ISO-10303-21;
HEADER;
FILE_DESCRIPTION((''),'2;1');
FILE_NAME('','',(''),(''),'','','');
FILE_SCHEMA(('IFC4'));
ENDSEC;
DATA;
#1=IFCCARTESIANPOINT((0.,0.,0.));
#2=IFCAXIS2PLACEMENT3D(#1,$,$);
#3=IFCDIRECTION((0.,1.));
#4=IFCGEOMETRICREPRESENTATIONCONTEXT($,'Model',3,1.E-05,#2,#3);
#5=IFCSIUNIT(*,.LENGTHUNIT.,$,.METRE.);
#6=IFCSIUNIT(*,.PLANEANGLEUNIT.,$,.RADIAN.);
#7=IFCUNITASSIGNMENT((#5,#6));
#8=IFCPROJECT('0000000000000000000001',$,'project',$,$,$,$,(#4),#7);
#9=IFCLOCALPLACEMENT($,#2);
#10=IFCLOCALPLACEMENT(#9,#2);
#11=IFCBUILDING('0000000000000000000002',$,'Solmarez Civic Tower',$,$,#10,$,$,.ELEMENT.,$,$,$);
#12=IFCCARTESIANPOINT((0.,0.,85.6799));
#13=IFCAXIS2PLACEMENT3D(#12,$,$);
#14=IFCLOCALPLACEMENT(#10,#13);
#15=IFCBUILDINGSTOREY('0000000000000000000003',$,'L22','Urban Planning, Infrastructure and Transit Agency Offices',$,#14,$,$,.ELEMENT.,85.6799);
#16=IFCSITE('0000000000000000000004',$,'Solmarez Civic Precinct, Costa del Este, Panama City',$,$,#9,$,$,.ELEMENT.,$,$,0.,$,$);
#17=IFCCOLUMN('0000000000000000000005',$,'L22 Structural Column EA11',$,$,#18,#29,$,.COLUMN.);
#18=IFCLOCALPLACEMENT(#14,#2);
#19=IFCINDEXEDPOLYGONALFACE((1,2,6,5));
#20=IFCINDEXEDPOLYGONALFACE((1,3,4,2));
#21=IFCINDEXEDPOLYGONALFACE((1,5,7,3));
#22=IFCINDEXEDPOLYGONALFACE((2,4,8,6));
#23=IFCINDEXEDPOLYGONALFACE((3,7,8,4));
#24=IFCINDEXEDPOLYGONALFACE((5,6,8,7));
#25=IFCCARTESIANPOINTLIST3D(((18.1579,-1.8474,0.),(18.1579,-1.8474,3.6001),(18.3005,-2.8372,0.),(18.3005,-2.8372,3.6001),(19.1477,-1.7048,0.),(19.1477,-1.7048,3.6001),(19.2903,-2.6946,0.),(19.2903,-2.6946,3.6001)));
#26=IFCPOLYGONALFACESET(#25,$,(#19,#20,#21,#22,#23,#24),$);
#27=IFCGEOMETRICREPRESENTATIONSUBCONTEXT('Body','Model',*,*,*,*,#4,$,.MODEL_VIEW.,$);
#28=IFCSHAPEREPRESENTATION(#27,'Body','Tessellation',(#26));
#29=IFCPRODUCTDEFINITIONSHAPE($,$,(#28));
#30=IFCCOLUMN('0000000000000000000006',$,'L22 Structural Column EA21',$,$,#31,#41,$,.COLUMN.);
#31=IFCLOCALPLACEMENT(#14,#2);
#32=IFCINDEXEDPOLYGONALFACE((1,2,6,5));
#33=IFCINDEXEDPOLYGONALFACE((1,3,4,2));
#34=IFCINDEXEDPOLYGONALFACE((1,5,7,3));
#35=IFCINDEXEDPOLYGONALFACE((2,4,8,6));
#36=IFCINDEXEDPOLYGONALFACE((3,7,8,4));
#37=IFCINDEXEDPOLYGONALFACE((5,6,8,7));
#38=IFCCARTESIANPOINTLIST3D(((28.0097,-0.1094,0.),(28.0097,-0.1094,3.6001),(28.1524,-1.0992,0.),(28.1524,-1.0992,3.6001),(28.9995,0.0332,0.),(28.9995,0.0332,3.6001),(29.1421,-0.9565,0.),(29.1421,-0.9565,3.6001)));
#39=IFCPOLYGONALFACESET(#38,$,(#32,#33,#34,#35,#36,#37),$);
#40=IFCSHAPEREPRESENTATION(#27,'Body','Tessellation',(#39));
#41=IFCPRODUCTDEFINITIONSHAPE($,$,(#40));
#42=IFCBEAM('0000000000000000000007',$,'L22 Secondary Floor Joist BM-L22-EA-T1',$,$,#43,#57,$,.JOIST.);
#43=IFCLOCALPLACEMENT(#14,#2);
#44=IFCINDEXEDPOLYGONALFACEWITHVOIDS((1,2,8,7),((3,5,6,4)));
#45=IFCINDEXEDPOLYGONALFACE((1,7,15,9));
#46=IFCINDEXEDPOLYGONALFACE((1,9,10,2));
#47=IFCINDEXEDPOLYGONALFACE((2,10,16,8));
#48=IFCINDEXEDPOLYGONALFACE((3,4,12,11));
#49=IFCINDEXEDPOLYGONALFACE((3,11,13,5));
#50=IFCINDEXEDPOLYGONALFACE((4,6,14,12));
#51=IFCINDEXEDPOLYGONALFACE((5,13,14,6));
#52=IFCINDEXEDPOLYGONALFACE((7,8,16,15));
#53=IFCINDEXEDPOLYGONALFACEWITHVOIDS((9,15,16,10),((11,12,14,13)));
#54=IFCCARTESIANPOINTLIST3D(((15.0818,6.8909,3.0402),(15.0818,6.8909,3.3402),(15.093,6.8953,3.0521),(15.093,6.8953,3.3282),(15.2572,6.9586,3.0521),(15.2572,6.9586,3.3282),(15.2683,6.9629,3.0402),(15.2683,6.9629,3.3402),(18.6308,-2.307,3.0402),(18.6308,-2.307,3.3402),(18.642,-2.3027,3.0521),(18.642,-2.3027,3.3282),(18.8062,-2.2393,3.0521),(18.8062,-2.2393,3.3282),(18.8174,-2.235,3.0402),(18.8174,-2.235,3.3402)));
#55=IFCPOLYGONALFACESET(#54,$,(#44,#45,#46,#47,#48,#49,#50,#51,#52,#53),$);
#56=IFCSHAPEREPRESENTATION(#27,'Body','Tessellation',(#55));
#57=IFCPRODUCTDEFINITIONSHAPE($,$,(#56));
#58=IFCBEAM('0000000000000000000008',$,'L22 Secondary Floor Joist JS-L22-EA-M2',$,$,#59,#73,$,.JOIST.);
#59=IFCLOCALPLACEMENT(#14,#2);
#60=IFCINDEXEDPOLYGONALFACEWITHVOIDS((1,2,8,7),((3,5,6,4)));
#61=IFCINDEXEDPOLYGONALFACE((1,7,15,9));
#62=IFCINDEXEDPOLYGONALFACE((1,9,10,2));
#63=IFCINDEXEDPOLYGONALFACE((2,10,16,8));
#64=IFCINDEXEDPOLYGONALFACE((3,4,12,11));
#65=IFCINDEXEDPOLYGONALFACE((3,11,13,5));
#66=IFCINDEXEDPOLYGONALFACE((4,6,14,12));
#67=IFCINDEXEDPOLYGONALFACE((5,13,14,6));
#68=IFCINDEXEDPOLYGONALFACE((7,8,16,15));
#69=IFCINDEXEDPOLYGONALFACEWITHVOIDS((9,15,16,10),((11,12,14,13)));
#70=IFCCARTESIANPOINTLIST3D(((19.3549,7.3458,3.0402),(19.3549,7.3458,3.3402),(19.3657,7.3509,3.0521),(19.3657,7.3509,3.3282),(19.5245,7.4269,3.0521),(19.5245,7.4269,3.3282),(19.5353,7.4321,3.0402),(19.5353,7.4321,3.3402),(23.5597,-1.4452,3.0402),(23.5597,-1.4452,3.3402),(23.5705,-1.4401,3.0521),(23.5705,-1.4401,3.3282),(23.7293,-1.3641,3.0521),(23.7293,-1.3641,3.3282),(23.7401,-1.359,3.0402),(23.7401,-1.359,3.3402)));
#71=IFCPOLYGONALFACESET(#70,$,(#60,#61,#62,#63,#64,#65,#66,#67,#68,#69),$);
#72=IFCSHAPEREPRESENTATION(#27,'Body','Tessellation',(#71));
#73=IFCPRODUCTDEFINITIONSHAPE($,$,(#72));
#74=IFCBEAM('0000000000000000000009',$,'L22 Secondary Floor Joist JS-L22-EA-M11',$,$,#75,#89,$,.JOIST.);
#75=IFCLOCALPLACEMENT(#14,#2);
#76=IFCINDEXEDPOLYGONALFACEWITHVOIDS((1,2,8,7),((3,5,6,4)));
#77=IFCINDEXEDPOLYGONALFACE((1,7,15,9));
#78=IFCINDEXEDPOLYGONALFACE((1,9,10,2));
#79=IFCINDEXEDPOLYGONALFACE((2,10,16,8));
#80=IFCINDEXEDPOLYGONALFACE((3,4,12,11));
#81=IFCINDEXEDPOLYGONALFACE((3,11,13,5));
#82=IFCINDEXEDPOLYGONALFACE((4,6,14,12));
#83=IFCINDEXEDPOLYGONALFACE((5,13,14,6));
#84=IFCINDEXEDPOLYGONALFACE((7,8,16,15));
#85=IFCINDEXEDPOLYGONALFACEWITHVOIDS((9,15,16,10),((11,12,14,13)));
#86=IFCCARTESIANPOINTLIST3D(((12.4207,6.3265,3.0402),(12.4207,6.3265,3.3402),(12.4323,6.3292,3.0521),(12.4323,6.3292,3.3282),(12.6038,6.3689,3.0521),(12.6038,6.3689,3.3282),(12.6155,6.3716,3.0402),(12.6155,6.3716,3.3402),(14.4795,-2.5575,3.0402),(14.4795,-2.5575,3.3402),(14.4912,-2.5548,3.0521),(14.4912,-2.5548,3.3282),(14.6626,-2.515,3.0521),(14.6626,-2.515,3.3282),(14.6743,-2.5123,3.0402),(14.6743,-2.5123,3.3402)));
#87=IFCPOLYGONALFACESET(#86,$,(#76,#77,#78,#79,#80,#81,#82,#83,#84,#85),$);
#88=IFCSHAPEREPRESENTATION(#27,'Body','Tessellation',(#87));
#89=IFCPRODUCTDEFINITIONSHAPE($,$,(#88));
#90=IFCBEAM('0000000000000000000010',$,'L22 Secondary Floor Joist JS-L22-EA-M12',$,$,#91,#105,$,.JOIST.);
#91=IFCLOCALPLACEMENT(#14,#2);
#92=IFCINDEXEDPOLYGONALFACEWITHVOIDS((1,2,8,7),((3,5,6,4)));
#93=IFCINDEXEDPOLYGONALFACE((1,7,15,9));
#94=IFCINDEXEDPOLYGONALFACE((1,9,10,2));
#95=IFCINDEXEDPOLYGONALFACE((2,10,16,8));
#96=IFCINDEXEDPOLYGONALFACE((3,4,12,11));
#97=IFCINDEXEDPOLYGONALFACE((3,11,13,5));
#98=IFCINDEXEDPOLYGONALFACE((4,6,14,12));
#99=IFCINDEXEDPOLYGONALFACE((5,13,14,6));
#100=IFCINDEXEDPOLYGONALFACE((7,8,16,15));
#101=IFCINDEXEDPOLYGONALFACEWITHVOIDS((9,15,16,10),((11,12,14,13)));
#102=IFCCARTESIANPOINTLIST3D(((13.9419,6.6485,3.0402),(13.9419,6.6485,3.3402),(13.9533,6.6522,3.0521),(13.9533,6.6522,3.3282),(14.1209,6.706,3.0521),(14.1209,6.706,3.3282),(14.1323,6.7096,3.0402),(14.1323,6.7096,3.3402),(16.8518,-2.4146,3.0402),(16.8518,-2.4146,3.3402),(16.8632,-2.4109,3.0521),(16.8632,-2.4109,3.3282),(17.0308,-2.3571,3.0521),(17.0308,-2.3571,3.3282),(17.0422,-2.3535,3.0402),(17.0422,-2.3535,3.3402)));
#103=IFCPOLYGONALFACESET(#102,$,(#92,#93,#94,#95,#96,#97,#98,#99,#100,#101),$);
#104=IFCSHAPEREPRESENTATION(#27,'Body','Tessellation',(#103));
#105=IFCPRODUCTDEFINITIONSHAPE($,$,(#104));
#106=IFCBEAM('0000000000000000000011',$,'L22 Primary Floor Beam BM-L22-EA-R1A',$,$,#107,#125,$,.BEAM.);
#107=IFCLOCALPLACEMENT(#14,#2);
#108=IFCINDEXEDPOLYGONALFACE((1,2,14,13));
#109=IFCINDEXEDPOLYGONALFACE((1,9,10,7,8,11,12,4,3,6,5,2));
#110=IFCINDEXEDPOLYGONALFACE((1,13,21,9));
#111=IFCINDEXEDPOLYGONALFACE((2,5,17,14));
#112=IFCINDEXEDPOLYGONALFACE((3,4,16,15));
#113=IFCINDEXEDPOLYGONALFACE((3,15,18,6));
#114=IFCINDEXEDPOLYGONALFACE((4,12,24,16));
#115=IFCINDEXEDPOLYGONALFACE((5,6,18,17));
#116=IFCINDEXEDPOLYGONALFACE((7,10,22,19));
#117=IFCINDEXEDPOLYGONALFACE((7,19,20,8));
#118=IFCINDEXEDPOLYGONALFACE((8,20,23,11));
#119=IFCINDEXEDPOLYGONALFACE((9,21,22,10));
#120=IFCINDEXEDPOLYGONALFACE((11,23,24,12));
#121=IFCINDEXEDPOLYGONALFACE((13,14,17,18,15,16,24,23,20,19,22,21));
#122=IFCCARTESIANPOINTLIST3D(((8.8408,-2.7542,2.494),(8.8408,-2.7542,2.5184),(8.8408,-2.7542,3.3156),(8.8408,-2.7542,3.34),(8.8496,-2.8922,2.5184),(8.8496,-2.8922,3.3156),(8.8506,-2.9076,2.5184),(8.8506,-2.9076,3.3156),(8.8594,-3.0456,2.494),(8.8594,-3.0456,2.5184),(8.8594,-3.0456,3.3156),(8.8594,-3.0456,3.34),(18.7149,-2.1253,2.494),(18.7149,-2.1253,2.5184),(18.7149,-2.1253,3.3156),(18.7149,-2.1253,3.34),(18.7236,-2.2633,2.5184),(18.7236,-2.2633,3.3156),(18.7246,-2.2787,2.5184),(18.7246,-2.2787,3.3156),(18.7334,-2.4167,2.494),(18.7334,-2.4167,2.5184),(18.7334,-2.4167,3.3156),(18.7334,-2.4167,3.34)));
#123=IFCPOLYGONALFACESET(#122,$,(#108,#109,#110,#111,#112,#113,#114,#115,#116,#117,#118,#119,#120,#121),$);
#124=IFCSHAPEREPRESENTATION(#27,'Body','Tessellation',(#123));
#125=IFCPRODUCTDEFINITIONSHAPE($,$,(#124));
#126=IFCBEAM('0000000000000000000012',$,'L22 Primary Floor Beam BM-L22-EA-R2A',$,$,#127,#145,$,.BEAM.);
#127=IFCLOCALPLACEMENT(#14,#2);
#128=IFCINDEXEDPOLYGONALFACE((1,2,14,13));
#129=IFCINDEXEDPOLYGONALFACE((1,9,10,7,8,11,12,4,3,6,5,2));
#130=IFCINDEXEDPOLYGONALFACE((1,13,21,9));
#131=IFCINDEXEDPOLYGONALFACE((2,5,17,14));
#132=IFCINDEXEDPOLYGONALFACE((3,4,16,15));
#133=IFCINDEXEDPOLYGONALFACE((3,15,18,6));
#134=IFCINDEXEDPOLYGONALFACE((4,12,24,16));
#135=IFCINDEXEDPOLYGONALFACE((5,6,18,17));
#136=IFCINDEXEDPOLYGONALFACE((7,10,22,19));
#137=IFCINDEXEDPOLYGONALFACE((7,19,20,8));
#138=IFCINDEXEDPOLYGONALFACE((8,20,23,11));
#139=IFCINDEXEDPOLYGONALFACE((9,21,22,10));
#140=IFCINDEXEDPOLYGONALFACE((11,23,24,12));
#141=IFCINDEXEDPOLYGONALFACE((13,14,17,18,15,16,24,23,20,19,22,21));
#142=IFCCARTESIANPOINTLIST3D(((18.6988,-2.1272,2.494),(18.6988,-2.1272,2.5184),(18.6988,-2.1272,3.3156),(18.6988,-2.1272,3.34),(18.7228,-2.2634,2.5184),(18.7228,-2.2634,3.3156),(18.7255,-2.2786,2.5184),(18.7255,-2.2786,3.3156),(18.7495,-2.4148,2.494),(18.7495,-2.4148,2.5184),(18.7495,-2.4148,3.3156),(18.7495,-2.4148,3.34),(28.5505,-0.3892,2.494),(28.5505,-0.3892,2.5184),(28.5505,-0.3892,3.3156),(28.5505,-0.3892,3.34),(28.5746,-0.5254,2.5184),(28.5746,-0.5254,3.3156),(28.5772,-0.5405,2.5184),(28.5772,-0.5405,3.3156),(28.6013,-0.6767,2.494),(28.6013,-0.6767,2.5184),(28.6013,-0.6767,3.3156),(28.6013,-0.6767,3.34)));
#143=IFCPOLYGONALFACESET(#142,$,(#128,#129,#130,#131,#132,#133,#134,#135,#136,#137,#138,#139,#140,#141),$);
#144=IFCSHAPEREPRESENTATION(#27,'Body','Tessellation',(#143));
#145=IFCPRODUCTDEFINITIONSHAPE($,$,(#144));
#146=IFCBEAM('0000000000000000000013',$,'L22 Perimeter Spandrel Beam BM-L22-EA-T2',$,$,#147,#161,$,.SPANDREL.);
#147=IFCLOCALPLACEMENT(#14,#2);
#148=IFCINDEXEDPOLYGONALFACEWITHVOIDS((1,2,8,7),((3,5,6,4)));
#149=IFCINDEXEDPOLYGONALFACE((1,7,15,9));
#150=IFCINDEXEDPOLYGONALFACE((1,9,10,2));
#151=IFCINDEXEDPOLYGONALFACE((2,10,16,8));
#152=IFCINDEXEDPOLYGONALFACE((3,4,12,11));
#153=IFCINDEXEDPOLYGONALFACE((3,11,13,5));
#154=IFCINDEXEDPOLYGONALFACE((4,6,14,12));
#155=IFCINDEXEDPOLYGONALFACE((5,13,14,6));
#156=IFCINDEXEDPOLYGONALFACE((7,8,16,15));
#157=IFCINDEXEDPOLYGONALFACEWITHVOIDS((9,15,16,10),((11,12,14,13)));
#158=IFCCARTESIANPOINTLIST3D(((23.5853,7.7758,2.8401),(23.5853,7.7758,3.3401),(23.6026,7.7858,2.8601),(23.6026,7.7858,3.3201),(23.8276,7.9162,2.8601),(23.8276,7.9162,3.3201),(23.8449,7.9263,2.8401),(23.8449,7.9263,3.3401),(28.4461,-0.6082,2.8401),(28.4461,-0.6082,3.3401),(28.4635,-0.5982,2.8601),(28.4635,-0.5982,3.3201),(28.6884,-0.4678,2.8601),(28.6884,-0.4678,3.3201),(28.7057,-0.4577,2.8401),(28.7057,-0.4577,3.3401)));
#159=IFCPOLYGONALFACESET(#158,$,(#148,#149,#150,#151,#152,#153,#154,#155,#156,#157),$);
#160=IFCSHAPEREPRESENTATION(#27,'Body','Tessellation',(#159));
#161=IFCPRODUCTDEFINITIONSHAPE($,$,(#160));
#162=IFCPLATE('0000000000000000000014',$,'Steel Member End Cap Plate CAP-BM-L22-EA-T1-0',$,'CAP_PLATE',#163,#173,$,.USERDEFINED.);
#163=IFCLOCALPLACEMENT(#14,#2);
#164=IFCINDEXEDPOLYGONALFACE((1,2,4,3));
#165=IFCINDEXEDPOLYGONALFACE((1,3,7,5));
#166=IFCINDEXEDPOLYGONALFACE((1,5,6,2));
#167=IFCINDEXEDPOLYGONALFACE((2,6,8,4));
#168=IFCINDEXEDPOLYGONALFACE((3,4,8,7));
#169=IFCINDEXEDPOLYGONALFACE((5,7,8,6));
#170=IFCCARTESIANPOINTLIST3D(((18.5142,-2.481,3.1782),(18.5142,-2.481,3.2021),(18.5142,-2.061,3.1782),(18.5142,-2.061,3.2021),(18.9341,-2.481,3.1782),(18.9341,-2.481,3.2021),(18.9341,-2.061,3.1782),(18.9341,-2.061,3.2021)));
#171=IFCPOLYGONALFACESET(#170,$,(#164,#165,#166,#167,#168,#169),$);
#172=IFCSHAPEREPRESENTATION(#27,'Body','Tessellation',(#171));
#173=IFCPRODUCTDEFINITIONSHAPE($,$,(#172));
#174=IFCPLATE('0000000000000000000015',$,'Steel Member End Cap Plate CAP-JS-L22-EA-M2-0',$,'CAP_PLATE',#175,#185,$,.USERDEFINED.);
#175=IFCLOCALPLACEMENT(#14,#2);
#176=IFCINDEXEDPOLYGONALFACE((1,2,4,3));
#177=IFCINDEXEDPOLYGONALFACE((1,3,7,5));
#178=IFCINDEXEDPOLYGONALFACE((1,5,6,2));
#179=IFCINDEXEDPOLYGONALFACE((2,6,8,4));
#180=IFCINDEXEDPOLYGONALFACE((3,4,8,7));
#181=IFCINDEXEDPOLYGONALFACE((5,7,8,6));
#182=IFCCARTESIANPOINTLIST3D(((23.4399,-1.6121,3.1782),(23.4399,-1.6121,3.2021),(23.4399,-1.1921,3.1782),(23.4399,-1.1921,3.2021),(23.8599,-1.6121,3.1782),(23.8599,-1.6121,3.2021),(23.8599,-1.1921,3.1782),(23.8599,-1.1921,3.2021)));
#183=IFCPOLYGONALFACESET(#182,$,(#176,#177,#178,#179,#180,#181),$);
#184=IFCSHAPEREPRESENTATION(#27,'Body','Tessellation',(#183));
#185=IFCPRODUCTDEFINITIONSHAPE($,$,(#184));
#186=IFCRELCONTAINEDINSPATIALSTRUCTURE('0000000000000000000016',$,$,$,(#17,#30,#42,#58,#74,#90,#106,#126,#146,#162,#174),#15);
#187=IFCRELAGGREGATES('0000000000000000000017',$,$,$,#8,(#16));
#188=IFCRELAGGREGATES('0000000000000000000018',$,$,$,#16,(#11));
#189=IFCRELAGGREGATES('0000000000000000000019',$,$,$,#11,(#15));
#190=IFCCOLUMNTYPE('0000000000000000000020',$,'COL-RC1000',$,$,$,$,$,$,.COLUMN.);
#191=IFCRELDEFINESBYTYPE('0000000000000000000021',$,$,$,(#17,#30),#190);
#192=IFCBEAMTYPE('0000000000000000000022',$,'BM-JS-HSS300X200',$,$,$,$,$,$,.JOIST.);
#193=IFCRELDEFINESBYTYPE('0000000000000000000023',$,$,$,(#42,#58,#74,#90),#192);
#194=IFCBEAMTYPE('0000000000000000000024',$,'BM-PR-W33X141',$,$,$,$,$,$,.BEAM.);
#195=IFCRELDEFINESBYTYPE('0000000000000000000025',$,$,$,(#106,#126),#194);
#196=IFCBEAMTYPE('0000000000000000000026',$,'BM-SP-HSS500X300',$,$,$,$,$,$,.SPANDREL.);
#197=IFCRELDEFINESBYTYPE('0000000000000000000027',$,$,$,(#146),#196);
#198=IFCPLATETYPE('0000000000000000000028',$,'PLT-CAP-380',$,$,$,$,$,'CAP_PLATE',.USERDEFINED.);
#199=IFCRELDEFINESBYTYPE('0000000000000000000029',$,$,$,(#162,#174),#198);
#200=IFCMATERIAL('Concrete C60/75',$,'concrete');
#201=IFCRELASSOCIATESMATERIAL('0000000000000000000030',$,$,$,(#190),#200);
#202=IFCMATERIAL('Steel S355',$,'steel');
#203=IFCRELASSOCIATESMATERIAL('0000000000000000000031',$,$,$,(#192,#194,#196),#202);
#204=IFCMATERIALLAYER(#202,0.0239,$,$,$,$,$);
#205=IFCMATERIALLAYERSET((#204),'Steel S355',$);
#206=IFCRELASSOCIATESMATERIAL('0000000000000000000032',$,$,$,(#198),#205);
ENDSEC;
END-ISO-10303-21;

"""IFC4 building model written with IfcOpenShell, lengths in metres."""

from ifc_helpers import new_model, si_unit, direction, frame, origin, origin_2d, place, context, subcontext, project, spatial, rectangle, hollow_rectangle, i_section, extrude, material, layer, layer_set, material_profile, profile_set, type_object, element, save


model = new_model("IFC4")

# Units and contexts
model_context = context("Model", 3, precision=1e-05, world=origin(), true_north=direction((0.0, 1.0)))
body_context = subcontext(model_context, "Body", "Model", "MODEL_VIEW")
ifc_project = project(units=[si_unit("LENGTHUNIT", "METRE"), si_unit("PLANEANGLEUNIT", "RADIAN")], contexts=[model_context])

# Site, building, storey
site_placement = place(None, origin())
site = spatial("IfcSite", under=ifc_project, at=site_placement, Name="Solmarez Civic Precinct, Costa del Este, Panama City", CompositionType="ELEMENT", RefElevation=0.0)
building_placement = place(site_placement, origin())
building = spatial("IfcBuilding", under=site, at=building_placement, Name="Solmarez Civic Tower", CompositionType="ELEMENT")
storey_placement = place(building_placement, frame((0.0, 0.0, 85.6799)))
storey = spatial("IfcBuildingStorey", under=building, at=storey_placement, Name="L22", Description="Urban Planning, Infrastructure and Transit Agency Offices", CompositionType="ELEMENT", Elevation=85.6799)

# Columns
ifc_material_1 = material(Name="Concrete C60/75", Category="concrete")
ifc_material_profile_1 = material_profile(ifc_material_1, rectangle(XDim=1.0, YDim=1.0, at=origin_2d()), Name="RC1000X1000")
ifc_profile_set_1 = profile_set([ifc_material_profile_1], Name="Concrete C60/75")
column_type = type_object("IfcColumnType", Name="COL-RC1000", PredefinedType="COLUMN", material=ifc_profile_set_1)
for number, where, z_axis, x_axis, name in (
    (1, (18.7241, -2.271, 0.0), (0.0, 0.0, 1.0), (0.989776, 0.142629, 0.0), "L22 Structural Column EA11"),
    (2, (28.5759, -0.533, 0.0), (0.0, 0.0, 1.0), (0.989776, 0.142629, 0.0), "L22 Structural Column EA21"),
):
    element("IfcColumn", number, at=place(storey_placement, frame(where, z_axis=z_axis, x_axis=x_axis)), inside=storey, type_object=column_type, Name=name, PredefinedType="COLUMN", context=body_context, shape_type="SweptSolid", body=[
        extrude(rectangle(XDim=1.0, YDim=1.0, at=origin_2d()), origin(), (0.0, 0.0, 1.0), 3.6001),
    ])

# Beams
ifc_material_2 = material(Name="Steel S355", Category="steel")
ifc_material_profile_2 = material_profile(ifc_material_2, hollow_rectangle(XDim=0.2, YDim=0.3, WallThickness=0.012, at=origin_2d()), Name="HSS300X200X12")
ifc_profile_set_2 = profile_set([ifc_material_profile_2], Name="Steel S355")
beam_type_1 = type_object("IfcBeamType", Name="BM-JS-HSS300X200", PredefinedType="JOIST", material=ifc_profile_set_2)
beam_1_placement = place(storey_placement, frame((18.7241, -2.271, 3.1902), z_axis=(-0.359984, 0.932958, 0.0), x_axis=(-0.932958, -0.359984, 0.0)))
element("IfcBeam", 3, at=beam_1_placement, inside=storey, type_object=beam_type_1, Name="L22 Secondary Floor Joist BM-L22-EA-T1", PredefinedType="JOIST", context=body_context, shape_type="SweptSolid", body=[
    extrude(hollow_rectangle(XDim=0.2, YDim=0.3, WallThickness=0.012, at=origin_2d()), origin(), (0.0, 0.0, 1.0), 9.8589),
])
beam_2_placement = place(storey_placement, frame((23.6499, -1.4021, 3.1902), z_axis=(-0.431492, 0.902117, 0.0), x_axis=(-0.902117, -0.431492, 0.0)))
element("IfcBeam", 4, at=beam_2_placement, inside=storey, type_object=beam_type_1, Name="L22 Secondary Floor Joist JS-L22-EA-M2", PredefinedType="JOIST", context=body_context, shape_type="SweptSolid", body=[
    extrude(hollow_rectangle(XDim=0.2, YDim=0.3, WallThickness=0.012, at=origin_2d()), origin(), (0.0, 0.0, 1.0), 9.7449),
])
beam_3_placement = place(storey_placement, frame((14.5769, -2.5349, 3.1902), z_axis=(-0.225763, 0.974182, 0.0), x_axis=(-0.974182, -0.225763, 0.0)))
element("IfcBeam", 5, at=beam_3_placement, inside=storey, type_object=beam_type_1, Name="L22 Secondary Floor Joist JS-L22-EA-M11", PredefinedType="JOIST", context=body_context, shape_type="SweptSolid", body=[
    extrude(hollow_rectangle(XDim=0.2, YDim=0.3, WallThickness=0.012, at=origin_2d()), origin(), (0.0, 0.0, 1.0), 9.1194),
])
beam_4_placement = place(storey_placement, frame((16.947, -2.384, 3.1902), z_axis=(-0.305705, 0.952126, 0.0), x_axis=(-0.952126, -0.305705, 0.0)))
element("IfcBeam", 6, at=beam_4_placement, inside=storey, type_object=beam_type_1, Name="L22 Secondary Floor Joist JS-L22-EA-M12", PredefinedType="JOIST", context=body_context, shape_type="SweptSolid", body=[
    extrude(hollow_rectangle(XDim=0.2, YDim=0.3, WallThickness=0.012, at=origin_2d()), origin(), (0.0, 0.0, 1.0), 9.5188),
])
ifc_material_profile_3 = material_profile(ifc_material_2, i_section(OverallWidth=0.292, OverallDepth=0.8459, WebThickness=0.0154, FlangeThickness=0.0244, at=origin_2d()), Name="W33X141")
ifc_profile_set_3 = profile_set([ifc_material_profile_3], Name="Steel S355")
beam_type_2 = type_object("IfcBeamType", Name="BM-PR-W33X141", PredefinedType="BEAM", material=ifc_profile_set_3)
beam_5_placement = place(storey_placement, frame((8.8501, -2.8999, 2.917), z_axis=(0.997978, 0.063564, 0.0), x_axis=(-0.063564, 0.997978, 0.0)))
element("IfcBeam", 7, at=beam_5_placement, inside=storey, type_object=beam_type_2, Name="L22 Primary Floor Beam BM-L22-EA-R1A", PredefinedType="BEAM", context=body_context, shape_type="SweptSolid", body=[
    extrude(i_section(OverallWidth=0.292, OverallDepth=0.8459, WebThickness=0.0154, FlangeThickness=0.0244, at=origin_2d()), origin(), (0.0, 0.0, 1.0), 9.894),
])
beam_6_placement = place(storey_placement, frame((18.7241, -2.271, 2.917), z_axis=(0.984792, 0.173735, 0.0), x_axis=(-0.173735, 0.984792, 0.0)))
element("IfcBeam", 8, at=beam_6_placement, inside=storey, type_object=beam_type_2, Name="L22 Primary Floor Beam BM-L22-EA-R2A", PredefinedType="BEAM", context=body_context, shape_type="SweptSolid", body=[
    extrude(i_section(OverallWidth=0.292, OverallDepth=0.8459, WebThickness=0.0154, FlangeThickness=0.0244, at=origin_2d()), origin(), (0.0, 0.0, 1.0), 10.0039),
])
ifc_material_profile_4 = material_profile(ifc_material_2, hollow_rectangle(XDim=0.3, YDim=0.5, WallThickness=0.02, at=origin_2d()), Name="HSS500X300X20")
ifc_profile_set_4 = profile_set([ifc_material_profile_4], Name="Steel S355")
beam_type_3 = type_object("IfcBeamType", Name="BM-SP-HSS500X300", PredefinedType="SPANDREL", material=ifc_profile_set_4)
beam_7_placement = place(storey_placement, frame((28.5759, -0.533, 3.0901), z_axis=(-0.501571, 0.865116, 0.0), x_axis=(-0.865116, -0.501571, 0.0)))
element("IfcBeam", 9, at=beam_7_placement, inside=storey, type_object=beam_type_3, Name="L22 Perimeter Spandrel Beam BM-L22-EA-T2", PredefinedType="SPANDREL", context=body_context, shape_type="SweptSolid", body=[
    extrude(hollow_rectangle(XDim=0.3, YDim=0.5, WallThickness=0.02, at=origin_2d()), origin(), (0.0, 0.0, 1.0), 9.6912),
])

# Plates
ifc_layer_1 = layer(ifc_material_2, 0.0239)
ifc_layer_set_1 = layer_set([ifc_layer_1], Name="Steel S355")
plate_type_1 = type_object("IfcPlateType", Name="PLT-CAP-380", ElementType="CAP_PLATE", PredefinedType="USERDEFINED", material=ifc_layer_set_1)
for number, where, z_axis, x_axis, name in (
    (10, (18.7241, -2.271, 3.1782), (0.0, 0.0, 1.0), (1.0, 0.0, 0.0), "Steel Member End Cap Plate CAP-BM-L22-EA-T1-0"),
    (11, (23.6499, -1.4021, 3.1782), (0.0, 0.0, 1.0), (1.0, 0.0, 0.0), "Steel Member End Cap Plate CAP-JS-L22-EA-M2-0"),
):
    element("IfcPlate", number, at=place(storey_placement, frame(where, z_axis=z_axis, x_axis=x_axis)), inside=storey, type_object=plate_type_1, Name=name, ObjectType="CAP_PLATE", PredefinedType="USERDEFINED", context=body_context, shape_type="SweptSolid", body=[
        extrude(rectangle(XDim=0.4199, YDim=0.4199, at=origin_2d()), origin(), (0.0, 0.0, 1.0), 0.0239),
    ])

save(model, "model.ifc")
